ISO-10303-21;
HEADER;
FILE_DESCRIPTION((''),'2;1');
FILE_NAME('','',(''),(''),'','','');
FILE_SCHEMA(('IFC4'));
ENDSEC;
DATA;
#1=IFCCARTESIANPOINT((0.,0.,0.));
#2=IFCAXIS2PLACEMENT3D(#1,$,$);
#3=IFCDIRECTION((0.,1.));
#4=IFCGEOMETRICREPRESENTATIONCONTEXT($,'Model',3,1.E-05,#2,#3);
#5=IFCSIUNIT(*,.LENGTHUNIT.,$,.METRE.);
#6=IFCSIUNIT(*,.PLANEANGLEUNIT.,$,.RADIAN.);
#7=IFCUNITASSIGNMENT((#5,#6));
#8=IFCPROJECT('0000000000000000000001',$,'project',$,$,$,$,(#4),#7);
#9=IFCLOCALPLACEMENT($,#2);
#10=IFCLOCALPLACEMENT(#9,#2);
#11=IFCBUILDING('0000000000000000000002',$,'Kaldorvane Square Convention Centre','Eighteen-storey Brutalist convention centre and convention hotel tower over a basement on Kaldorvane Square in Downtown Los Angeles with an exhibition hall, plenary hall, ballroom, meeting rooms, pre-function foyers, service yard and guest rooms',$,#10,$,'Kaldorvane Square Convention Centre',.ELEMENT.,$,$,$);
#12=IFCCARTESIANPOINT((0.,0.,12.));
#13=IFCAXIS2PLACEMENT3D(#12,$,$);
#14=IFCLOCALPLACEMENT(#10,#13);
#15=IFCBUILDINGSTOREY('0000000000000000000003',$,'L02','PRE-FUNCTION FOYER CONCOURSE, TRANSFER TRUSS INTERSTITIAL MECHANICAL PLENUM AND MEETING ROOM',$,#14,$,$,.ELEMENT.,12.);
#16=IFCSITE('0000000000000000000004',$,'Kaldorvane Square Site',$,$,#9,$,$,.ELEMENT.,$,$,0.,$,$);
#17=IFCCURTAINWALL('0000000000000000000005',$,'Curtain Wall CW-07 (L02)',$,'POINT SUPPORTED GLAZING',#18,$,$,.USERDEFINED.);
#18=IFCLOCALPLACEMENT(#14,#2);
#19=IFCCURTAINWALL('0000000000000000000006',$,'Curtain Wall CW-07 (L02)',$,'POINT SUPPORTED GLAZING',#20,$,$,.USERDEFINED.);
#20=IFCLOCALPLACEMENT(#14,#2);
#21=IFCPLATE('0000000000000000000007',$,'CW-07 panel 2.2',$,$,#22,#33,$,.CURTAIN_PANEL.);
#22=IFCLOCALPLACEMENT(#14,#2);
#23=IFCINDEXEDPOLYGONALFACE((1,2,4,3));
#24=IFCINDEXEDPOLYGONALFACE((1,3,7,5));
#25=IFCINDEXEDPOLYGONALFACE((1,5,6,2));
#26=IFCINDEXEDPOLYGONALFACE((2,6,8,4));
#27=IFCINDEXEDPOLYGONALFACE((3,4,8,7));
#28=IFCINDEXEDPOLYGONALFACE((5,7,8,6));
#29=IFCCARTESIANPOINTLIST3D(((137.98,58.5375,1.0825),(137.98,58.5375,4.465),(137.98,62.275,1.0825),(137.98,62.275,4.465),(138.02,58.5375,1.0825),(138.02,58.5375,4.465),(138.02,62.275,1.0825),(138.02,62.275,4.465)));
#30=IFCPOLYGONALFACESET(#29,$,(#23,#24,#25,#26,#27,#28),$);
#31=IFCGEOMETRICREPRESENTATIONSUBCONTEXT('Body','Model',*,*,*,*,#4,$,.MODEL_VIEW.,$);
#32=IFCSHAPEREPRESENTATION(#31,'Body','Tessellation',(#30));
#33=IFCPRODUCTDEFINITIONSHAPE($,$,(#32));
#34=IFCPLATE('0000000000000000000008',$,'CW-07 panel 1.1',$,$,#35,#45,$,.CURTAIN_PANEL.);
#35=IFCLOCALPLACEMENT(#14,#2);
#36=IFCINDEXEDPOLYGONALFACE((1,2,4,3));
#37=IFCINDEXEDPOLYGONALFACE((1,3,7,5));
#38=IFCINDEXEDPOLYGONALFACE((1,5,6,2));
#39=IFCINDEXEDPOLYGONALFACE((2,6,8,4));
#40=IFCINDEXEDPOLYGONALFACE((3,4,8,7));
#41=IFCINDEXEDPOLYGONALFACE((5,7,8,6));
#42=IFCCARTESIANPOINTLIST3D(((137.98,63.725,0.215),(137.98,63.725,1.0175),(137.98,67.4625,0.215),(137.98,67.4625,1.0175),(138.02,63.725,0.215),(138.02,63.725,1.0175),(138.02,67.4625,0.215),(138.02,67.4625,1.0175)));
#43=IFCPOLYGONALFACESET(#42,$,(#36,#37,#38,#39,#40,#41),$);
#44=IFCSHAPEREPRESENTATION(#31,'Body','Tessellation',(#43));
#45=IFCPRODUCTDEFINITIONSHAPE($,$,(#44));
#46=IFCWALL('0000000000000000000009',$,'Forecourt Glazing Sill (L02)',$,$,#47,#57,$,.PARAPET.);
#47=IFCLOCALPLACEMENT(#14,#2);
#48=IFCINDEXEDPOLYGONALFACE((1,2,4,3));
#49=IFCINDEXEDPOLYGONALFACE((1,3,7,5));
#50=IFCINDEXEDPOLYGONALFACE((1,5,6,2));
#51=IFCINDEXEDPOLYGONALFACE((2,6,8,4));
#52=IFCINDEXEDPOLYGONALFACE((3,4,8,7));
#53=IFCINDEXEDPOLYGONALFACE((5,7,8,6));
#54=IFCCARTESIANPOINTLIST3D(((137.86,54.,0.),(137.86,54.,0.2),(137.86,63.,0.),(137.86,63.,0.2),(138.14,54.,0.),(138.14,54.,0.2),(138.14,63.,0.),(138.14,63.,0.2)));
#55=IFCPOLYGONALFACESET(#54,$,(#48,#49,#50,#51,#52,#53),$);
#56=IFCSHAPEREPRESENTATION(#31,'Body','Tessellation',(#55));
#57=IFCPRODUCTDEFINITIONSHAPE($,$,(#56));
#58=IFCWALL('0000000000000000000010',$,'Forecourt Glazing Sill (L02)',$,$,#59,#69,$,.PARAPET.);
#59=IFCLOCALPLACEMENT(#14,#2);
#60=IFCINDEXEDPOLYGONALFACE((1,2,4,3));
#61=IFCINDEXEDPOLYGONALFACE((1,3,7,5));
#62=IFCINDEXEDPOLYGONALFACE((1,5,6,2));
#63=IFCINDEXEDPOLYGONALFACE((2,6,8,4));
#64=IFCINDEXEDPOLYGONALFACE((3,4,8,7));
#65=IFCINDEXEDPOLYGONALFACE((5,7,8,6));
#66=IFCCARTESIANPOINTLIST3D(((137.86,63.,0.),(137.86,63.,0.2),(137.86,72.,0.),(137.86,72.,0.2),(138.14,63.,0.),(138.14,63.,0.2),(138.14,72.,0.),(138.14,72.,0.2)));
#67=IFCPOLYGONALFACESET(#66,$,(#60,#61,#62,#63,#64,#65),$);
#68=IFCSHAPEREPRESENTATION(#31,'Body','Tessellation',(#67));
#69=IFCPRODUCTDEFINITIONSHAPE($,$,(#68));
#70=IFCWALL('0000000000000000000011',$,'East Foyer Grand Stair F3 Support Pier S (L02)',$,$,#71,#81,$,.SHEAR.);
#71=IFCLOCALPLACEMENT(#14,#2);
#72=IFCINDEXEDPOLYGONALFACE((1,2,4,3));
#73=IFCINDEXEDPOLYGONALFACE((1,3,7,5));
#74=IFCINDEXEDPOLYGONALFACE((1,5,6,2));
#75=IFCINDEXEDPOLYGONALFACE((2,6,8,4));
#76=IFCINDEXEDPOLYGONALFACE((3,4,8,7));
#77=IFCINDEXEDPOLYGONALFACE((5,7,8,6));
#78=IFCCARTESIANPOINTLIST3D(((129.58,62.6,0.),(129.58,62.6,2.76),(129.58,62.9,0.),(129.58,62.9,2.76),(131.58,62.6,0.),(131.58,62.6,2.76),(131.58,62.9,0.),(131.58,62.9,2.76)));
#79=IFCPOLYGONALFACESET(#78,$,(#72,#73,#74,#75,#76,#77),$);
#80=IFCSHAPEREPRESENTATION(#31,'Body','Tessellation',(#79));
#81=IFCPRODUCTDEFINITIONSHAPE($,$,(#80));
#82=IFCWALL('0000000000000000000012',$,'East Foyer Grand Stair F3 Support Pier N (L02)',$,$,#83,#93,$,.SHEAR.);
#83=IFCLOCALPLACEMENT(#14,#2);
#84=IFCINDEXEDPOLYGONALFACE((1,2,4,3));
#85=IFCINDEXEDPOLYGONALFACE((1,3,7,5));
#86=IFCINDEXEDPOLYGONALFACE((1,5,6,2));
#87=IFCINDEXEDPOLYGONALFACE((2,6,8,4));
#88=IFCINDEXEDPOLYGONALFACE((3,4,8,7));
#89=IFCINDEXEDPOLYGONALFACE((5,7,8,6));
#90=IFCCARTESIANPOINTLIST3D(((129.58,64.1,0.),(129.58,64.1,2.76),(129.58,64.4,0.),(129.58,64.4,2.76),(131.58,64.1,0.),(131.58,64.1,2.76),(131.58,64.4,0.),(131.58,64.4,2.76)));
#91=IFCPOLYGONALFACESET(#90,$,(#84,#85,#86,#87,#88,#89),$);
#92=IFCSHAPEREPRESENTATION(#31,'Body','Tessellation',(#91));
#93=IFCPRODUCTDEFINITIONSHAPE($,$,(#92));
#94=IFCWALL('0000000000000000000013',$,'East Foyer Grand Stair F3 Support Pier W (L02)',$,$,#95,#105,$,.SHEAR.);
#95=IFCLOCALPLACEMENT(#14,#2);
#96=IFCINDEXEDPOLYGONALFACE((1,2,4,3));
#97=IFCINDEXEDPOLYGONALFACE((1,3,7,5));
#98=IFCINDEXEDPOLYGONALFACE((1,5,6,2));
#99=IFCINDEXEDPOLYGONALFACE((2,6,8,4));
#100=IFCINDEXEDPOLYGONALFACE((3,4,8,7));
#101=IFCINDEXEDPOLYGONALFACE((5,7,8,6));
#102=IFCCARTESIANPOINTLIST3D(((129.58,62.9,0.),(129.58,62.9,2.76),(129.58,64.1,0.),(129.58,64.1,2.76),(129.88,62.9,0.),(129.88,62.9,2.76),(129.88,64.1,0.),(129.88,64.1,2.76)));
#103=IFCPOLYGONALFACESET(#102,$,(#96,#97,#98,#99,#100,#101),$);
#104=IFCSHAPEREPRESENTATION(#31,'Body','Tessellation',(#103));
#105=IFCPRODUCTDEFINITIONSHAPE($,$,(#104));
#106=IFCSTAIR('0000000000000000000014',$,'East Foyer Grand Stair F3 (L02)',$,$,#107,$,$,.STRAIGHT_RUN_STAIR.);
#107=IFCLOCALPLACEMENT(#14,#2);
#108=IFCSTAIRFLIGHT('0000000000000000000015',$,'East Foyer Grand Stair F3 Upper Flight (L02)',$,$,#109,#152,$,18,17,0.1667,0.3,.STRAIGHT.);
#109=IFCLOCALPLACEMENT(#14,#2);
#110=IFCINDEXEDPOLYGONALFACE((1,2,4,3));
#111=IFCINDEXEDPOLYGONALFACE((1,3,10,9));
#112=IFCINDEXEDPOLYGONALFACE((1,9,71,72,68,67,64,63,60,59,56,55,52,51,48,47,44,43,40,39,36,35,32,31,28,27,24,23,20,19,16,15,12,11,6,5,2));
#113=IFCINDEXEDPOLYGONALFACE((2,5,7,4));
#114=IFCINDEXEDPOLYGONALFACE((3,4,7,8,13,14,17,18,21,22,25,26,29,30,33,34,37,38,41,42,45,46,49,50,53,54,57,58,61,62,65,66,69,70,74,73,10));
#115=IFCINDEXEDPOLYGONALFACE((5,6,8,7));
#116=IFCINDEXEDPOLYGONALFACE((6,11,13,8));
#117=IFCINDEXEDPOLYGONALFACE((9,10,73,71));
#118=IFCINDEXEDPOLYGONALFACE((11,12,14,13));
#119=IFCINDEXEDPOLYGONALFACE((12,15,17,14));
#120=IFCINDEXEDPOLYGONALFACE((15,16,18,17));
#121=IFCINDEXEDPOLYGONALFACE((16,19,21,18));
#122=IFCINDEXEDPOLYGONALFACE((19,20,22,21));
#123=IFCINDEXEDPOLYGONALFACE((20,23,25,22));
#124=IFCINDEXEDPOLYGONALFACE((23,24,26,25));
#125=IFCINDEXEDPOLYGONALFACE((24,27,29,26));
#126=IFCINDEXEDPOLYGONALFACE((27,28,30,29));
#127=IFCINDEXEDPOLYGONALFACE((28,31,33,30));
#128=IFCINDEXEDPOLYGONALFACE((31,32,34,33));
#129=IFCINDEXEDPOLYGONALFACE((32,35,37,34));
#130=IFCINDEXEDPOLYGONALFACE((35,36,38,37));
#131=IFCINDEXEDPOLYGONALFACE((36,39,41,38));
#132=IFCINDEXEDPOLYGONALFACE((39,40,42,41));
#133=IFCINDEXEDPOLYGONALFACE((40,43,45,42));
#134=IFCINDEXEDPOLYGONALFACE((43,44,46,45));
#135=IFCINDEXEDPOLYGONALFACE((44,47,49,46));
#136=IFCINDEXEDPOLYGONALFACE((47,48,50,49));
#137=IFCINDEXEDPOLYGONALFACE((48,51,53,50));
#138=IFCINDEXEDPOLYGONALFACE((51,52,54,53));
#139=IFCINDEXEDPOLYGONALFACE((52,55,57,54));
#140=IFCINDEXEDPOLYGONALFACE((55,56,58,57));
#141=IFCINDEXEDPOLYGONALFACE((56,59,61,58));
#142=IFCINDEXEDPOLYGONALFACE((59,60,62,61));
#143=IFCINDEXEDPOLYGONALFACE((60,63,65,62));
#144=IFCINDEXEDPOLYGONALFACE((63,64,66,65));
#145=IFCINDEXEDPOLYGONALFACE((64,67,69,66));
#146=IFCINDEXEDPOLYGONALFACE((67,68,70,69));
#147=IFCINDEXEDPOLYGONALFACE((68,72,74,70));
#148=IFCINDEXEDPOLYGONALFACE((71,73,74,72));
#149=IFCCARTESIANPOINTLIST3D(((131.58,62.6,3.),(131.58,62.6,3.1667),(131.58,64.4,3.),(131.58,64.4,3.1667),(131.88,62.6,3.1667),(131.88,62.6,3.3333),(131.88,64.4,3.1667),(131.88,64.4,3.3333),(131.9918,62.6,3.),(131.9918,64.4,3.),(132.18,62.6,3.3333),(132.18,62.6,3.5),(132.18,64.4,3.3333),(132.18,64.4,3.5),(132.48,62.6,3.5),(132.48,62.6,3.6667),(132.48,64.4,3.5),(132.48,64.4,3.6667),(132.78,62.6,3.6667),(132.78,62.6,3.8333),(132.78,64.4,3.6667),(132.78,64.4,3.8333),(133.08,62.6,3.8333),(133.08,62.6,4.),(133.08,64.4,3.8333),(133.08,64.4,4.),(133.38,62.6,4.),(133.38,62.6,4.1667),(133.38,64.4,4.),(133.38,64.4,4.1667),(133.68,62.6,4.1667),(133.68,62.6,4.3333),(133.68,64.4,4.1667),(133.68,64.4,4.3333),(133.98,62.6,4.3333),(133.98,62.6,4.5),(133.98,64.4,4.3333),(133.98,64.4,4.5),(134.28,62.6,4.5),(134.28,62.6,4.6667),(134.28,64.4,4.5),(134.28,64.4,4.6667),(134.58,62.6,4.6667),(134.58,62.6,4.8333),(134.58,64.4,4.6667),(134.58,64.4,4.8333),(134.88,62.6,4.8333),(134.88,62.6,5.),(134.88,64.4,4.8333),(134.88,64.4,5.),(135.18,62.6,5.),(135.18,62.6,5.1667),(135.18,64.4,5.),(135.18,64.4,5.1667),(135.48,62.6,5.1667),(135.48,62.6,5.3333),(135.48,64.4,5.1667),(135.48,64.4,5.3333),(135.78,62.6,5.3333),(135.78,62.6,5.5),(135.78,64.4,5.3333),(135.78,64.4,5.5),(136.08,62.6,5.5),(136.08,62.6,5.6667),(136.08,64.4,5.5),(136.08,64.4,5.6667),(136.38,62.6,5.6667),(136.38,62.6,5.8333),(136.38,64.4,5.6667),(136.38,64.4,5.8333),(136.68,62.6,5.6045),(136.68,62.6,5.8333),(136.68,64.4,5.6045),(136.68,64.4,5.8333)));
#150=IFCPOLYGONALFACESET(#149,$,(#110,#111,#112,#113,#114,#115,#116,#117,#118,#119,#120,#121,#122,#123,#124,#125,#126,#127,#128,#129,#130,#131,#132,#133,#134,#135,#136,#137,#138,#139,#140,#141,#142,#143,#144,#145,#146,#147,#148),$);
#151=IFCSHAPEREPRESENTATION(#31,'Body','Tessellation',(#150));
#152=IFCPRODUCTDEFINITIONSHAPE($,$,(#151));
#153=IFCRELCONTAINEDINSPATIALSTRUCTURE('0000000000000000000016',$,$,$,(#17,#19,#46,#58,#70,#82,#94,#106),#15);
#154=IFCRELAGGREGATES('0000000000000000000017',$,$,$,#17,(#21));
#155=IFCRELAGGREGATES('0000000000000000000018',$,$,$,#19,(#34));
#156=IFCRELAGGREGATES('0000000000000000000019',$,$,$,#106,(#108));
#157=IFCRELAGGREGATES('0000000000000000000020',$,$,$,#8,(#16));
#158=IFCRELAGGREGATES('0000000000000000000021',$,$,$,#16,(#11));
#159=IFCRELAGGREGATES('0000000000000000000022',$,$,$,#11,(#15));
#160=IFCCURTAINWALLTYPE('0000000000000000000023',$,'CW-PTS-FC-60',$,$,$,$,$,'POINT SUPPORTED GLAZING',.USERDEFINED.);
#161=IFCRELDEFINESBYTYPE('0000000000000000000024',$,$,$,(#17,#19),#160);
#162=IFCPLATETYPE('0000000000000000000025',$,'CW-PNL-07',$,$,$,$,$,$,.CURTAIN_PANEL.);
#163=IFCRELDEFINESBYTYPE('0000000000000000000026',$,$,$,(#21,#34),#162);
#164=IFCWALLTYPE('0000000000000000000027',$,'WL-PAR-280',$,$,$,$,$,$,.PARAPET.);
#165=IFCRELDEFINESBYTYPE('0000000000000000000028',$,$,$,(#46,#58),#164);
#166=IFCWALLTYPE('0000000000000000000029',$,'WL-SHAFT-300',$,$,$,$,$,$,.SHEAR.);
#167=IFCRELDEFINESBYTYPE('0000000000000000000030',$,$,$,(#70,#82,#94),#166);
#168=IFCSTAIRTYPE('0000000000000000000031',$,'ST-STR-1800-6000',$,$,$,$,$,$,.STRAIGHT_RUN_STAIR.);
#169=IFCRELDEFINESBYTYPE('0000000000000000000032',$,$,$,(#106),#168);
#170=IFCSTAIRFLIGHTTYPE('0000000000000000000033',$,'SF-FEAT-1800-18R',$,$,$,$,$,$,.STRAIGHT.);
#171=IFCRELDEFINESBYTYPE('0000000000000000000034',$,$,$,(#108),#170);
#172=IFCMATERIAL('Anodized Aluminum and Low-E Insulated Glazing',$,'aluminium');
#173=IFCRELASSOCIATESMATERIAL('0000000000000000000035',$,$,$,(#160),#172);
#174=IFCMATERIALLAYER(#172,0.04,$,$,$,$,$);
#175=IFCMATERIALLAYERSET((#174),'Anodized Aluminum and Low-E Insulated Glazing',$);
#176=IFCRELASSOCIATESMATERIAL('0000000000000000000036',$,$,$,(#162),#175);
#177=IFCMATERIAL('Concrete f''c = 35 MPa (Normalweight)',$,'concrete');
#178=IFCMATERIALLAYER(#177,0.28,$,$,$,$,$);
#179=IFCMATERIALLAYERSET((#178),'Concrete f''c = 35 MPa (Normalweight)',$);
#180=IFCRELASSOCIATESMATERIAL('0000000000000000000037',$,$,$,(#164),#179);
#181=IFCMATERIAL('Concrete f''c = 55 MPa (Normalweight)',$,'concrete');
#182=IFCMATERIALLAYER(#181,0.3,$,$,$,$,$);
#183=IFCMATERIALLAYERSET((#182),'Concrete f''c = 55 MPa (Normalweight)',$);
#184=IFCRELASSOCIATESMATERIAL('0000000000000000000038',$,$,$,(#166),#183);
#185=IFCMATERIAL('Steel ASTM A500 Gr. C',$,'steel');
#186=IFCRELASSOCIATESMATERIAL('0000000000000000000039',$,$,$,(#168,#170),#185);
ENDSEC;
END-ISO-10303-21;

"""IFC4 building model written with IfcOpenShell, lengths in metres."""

from ifc_helpers import new_model, si_unit, direction, frame, frame_2d, origin, origin_2d, place, context, subcontext, project, spatial, polyline, rectangle, outline, extrude, material, layer, layer_set, type_object, element, aggregate, save


model = new_model("IFC4")

# Units and contexts
model_context = context("Model", 3, precision=1e-05, world=origin(), true_north=direction((0.0, 1.0)))
body_context = subcontext(model_context, "Body", "Model", "MODEL_VIEW")
ifc_project = project(units=[si_unit("LENGTHUNIT", "METRE"), si_unit("PLANEANGLEUNIT", "RADIAN")], contexts=[model_context])

# Site, building, storey
site_placement = place(None, origin())
site = spatial("IfcSite", under=ifc_project, at=site_placement, Name="Kaldorvane Square Site", CompositionType="ELEMENT", RefElevation=0.0)
building_placement = place(site_placement, origin())
building = spatial("IfcBuilding", under=site, at=building_placement, Name="Kaldorvane Square Convention Centre", Description="Eighteen-storey Brutalist convention centre and convention hotel tower over a basement on Kaldorvane Square in Downtown Los Angeles with an exhibition hall, plenary hall, ballroom, meeting rooms, pre-function foyers, service yard and guest rooms", LongName="Kaldorvane Square Convention Centre", CompositionType="ELEMENT")
storey_placement = place(building_placement, frame((0.0, 0.0, 12.0)))
storey = spatial("IfcBuildingStorey", under=building, at=storey_placement, Name="L02", Description="PRE-FUNCTION FOYER CONCOURSE, TRANSFER TRUSS INTERSTITIAL MECHANICAL PLENUM AND MEETING ROOM", CompositionType="ELEMENT", Elevation=12.0)

# Shared definitions
ifc_material_1 = material(Name="Steel ASTM A500 Gr. C", Category="steel")

# Curtain wall
ifc_material_2 = material(Name="Anodized Aluminum and Low-E Insulated Glazing", Category="aluminium")
curtain_wall_type = type_object("IfcCurtainWallType", Name="CW-PTS-FC-60", ElementType="POINT SUPPORTED GLAZING", PredefinedType="USERDEFINED", material=ifc_material_2)
curtain_wall_1_placement = place(storey_placement, origin())
curtain_wall_1 = element("IfcCurtainWall", 1, at=curtain_wall_1_placement, inside=storey, type_object=curtain_wall_type, Name="Curtain Wall CW-07 (L02)", ObjectType="POINT SUPPORTED GLAZING", PredefinedType="USERDEFINED")

# Curtain wall
curtain_wall_2_placement = place(storey_placement, origin())
curtain_wall_2 = element("IfcCurtainWall", 2, at=curtain_wall_2_placement, inside=storey, type_object=curtain_wall_type, Name="Curtain Wall CW-07 (L02)", ObjectType="POINT SUPPORTED GLAZING", PredefinedType="USERDEFINED")

# Plates
ifc_layer_1 = layer(ifc_material_2, 0.04)
ifc_layer_set_1 = layer_set([ifc_layer_1], Name="Anodized Aluminum and Low-E Insulated Glazing")
plate_type = type_object("IfcPlateType", Name="CW-PNL-07", PredefinedType="CURTAIN_PANEL", material=ifc_layer_set_1)
plate_1_placement = place(storey_placement, frame((138.0, 60.4062, 1.0825), z_axis=(0.0, 0.0, 1.0), x_axis=(0.0, 1.0, 0.0)))
plate_1 = element("IfcPlate", 3, at=plate_1_placement, type_object=plate_type, Name="CW-07 panel 2.2", PredefinedType="CURTAIN_PANEL", context=body_context, shape_type="SweptSolid", body=[
    extrude(rectangle(XDim=3.7375, YDim=0.04, at=origin_2d()), origin(), (0.0, 0.0, 1.0), 3.3825),
])
aggregate(curtain_wall_1, [plate_1])
plate_2_placement = place(storey_placement, frame((138.0, 65.5938, 0.215), z_axis=(0.0, 0.0, 1.0), x_axis=(0.0, 1.0, 0.0)))
plate_2 = element("IfcPlate", 4, at=plate_2_placement, type_object=plate_type, Name="CW-07 panel 1.1", PredefinedType="CURTAIN_PANEL", context=body_context, shape_type="SweptSolid", body=[
    extrude(rectangle(XDim=3.7375, YDim=0.04, at=origin_2d()), origin(), (0.0, 0.0, 1.0), 0.8025),
])
aggregate(curtain_wall_2, [plate_2])

# Walls
ifc_material_3 = material(Name="Concrete f'c = 35 MPa (Normalweight)", Category="concrete")
ifc_layer_2 = layer(ifc_material_3, 0.28)
ifc_layer_set_2 = layer_set([ifc_layer_2], Name="Concrete f'c = 35 MPa (Normalweight)")
wall_type_1 = type_object("IfcWallType", Name="WL-PAR-280", PredefinedType="PARAPET", material=ifc_layer_set_2)
for number, where, z_axis, x_axis, name in (
    (5, (138.0, 54.0, 0.0), (0.0, 0.0, 1.0), (0.0, 1.0, 0.0), "Forecourt Glazing Sill (L02)"),
    (6, (138.0, 63.0, 0.0), (0.0, 0.0, 1.0), (0.0, 1.0, 0.0), "Forecourt Glazing Sill (L02)"),
):
    element("IfcWall", number, at=place(storey_placement, frame(where, z_axis=z_axis, x_axis=x_axis)), inside=storey, type_object=wall_type_1, Name=name, PredefinedType="PARAPET", context=body_context, shape_type="SweptSolid", body=[
        extrude(rectangle(XDim=9.0, YDim=0.28, at=frame_2d((4.5, 0.0))), origin(), (0.0, 0.0, 1.0), 0.2),
    ])
ifc_material_4 = material(Name="Concrete f'c = 55 MPa (Normalweight)", Category="concrete")
ifc_layer_3 = layer(ifc_material_4, 0.3)
ifc_layer_set_3 = layer_set([ifc_layer_3], Name="Concrete f'c = 55 MPa (Normalweight)")
wall_type_2 = type_object("IfcWallType", Name="WL-SHAFT-300", PredefinedType="SHEAR", material=ifc_layer_set_3)
for number, where, z_axis, x_axis, name in (
    (7, (129.58, 62.75, 0.0), (0.0, 0.0, 1.0), (1.0, 0.0, 0.0), "East Foyer Grand Stair F3 Support Pier S (L02)"),
    (8, (129.58, 64.25, 0.0), (0.0, 0.0, 1.0), (1.0, 0.0, 0.0), "East Foyer Grand Stair F3 Support Pier N (L02)"),
):
    element("IfcWall", number, at=place(storey_placement, frame(where, z_axis=z_axis, x_axis=x_axis)), inside=storey, type_object=wall_type_2, Name=name, PredefinedType="SHEAR", context=body_context, shape_type="SweptSolid", body=[
        extrude(rectangle(XDim=2.0, YDim=0.3, at=frame_2d((1.0, 0.0))), origin(), (0.0, 0.0, 1.0), 2.76),
    ])
wall_placement = place(storey_placement, frame((129.73, 62.9, 0.0), z_axis=(0.0, 0.0, 1.0), x_axis=(0.0, 1.0, 0.0)))
element("IfcWall", 9, at=wall_placement, inside=storey, type_object=wall_type_2, Name="East Foyer Grand Stair F3 Support Pier W (L02)", PredefinedType="SHEAR", context=body_context, shape_type="SweptSolid", body=[
    extrude(rectangle(XDim=1.2, YDim=0.3, at=frame_2d((0.6, 0.0))), origin(), (0.0, 0.0, 1.0), 2.76),
])

# Stair, stair flight
stair_type = type_object("IfcStairType", Name="ST-STR-1800-6000", PredefinedType="STRAIGHT_RUN_STAIR", material=ifc_material_1)
stair_placement = place(storey_placement, origin())
stair = element("IfcStair", 10, at=stair_placement, inside=storey, type_object=stair_type, Name="East Foyer Grand Stair F3 (L02)", PredefinedType="STRAIGHT_RUN_STAIR")
stair_flight_type = type_object("IfcStairFlightType", Name="SF-FEAT-1800-18R", PredefinedType="STRAIGHT", material=ifc_material_1)
stair_flight_placement = place(storey_placement, frame((131.58, 63.5, 3.0), z_axis=(0.0, 0.0, 1.0), x_axis=(1.0, 0.0, 0.0)))
stair_flight = element("IfcStairFlight", 11, at=stair_flight_placement, type_object=stair_flight_type, Name="East Foyer Grand Stair F3 Upper Flight (L02)", NumberOfRisers=18, NumberOfTreads=17, PredefinedType="STRAIGHT", RiserHeight=0.1667, TreadLength=0.3, context=body_context, shape_type="SweptSolid", body=[
    extrude(outline(polyline([(0.0, 0.0), (0.0, 0.1667), (0.3, 0.1667), (0.3, 0.3333), (0.6, 0.3333), (0.6, 0.5), (0.9, 0.5), (0.9, 0.6667), (1.2, 0.6667), (1.2, 0.8333), (1.5, 0.8333), (1.5, 1.0), (1.8, 1.0), (1.8, 1.1667), (2.1, 1.1667), (2.1, 1.3333), (2.4, 1.3333), (2.4, 1.5), (2.7, 1.5), (2.7, 1.6667), (3.0, 1.6667), (3.0, 1.8333), (3.3, 1.8333), (3.3, 2.0), (3.6, 2.0), (3.6, 2.1667), (3.9, 2.1667), (3.9, 2.3333), (4.2, 2.3333), (4.2, 2.5), (4.5, 2.5), (4.5, 2.6667), (4.8, 2.6667), (4.8, 2.8333), (5.1, 2.8333), (5.1, 3.0), (5.1, 2.6045), (0.4118, 0.0), (0.0, 0.0)])), frame((0.0, 0.9, 0.0), z_axis=(0.0, -1.0, 0.0), x_axis=(1.0, 0.0, 0.0)), (0.0, 0.0, 1.0), 1.8),
])
aggregate(stair, [stair_flight])

save(model, "model.ifc")
